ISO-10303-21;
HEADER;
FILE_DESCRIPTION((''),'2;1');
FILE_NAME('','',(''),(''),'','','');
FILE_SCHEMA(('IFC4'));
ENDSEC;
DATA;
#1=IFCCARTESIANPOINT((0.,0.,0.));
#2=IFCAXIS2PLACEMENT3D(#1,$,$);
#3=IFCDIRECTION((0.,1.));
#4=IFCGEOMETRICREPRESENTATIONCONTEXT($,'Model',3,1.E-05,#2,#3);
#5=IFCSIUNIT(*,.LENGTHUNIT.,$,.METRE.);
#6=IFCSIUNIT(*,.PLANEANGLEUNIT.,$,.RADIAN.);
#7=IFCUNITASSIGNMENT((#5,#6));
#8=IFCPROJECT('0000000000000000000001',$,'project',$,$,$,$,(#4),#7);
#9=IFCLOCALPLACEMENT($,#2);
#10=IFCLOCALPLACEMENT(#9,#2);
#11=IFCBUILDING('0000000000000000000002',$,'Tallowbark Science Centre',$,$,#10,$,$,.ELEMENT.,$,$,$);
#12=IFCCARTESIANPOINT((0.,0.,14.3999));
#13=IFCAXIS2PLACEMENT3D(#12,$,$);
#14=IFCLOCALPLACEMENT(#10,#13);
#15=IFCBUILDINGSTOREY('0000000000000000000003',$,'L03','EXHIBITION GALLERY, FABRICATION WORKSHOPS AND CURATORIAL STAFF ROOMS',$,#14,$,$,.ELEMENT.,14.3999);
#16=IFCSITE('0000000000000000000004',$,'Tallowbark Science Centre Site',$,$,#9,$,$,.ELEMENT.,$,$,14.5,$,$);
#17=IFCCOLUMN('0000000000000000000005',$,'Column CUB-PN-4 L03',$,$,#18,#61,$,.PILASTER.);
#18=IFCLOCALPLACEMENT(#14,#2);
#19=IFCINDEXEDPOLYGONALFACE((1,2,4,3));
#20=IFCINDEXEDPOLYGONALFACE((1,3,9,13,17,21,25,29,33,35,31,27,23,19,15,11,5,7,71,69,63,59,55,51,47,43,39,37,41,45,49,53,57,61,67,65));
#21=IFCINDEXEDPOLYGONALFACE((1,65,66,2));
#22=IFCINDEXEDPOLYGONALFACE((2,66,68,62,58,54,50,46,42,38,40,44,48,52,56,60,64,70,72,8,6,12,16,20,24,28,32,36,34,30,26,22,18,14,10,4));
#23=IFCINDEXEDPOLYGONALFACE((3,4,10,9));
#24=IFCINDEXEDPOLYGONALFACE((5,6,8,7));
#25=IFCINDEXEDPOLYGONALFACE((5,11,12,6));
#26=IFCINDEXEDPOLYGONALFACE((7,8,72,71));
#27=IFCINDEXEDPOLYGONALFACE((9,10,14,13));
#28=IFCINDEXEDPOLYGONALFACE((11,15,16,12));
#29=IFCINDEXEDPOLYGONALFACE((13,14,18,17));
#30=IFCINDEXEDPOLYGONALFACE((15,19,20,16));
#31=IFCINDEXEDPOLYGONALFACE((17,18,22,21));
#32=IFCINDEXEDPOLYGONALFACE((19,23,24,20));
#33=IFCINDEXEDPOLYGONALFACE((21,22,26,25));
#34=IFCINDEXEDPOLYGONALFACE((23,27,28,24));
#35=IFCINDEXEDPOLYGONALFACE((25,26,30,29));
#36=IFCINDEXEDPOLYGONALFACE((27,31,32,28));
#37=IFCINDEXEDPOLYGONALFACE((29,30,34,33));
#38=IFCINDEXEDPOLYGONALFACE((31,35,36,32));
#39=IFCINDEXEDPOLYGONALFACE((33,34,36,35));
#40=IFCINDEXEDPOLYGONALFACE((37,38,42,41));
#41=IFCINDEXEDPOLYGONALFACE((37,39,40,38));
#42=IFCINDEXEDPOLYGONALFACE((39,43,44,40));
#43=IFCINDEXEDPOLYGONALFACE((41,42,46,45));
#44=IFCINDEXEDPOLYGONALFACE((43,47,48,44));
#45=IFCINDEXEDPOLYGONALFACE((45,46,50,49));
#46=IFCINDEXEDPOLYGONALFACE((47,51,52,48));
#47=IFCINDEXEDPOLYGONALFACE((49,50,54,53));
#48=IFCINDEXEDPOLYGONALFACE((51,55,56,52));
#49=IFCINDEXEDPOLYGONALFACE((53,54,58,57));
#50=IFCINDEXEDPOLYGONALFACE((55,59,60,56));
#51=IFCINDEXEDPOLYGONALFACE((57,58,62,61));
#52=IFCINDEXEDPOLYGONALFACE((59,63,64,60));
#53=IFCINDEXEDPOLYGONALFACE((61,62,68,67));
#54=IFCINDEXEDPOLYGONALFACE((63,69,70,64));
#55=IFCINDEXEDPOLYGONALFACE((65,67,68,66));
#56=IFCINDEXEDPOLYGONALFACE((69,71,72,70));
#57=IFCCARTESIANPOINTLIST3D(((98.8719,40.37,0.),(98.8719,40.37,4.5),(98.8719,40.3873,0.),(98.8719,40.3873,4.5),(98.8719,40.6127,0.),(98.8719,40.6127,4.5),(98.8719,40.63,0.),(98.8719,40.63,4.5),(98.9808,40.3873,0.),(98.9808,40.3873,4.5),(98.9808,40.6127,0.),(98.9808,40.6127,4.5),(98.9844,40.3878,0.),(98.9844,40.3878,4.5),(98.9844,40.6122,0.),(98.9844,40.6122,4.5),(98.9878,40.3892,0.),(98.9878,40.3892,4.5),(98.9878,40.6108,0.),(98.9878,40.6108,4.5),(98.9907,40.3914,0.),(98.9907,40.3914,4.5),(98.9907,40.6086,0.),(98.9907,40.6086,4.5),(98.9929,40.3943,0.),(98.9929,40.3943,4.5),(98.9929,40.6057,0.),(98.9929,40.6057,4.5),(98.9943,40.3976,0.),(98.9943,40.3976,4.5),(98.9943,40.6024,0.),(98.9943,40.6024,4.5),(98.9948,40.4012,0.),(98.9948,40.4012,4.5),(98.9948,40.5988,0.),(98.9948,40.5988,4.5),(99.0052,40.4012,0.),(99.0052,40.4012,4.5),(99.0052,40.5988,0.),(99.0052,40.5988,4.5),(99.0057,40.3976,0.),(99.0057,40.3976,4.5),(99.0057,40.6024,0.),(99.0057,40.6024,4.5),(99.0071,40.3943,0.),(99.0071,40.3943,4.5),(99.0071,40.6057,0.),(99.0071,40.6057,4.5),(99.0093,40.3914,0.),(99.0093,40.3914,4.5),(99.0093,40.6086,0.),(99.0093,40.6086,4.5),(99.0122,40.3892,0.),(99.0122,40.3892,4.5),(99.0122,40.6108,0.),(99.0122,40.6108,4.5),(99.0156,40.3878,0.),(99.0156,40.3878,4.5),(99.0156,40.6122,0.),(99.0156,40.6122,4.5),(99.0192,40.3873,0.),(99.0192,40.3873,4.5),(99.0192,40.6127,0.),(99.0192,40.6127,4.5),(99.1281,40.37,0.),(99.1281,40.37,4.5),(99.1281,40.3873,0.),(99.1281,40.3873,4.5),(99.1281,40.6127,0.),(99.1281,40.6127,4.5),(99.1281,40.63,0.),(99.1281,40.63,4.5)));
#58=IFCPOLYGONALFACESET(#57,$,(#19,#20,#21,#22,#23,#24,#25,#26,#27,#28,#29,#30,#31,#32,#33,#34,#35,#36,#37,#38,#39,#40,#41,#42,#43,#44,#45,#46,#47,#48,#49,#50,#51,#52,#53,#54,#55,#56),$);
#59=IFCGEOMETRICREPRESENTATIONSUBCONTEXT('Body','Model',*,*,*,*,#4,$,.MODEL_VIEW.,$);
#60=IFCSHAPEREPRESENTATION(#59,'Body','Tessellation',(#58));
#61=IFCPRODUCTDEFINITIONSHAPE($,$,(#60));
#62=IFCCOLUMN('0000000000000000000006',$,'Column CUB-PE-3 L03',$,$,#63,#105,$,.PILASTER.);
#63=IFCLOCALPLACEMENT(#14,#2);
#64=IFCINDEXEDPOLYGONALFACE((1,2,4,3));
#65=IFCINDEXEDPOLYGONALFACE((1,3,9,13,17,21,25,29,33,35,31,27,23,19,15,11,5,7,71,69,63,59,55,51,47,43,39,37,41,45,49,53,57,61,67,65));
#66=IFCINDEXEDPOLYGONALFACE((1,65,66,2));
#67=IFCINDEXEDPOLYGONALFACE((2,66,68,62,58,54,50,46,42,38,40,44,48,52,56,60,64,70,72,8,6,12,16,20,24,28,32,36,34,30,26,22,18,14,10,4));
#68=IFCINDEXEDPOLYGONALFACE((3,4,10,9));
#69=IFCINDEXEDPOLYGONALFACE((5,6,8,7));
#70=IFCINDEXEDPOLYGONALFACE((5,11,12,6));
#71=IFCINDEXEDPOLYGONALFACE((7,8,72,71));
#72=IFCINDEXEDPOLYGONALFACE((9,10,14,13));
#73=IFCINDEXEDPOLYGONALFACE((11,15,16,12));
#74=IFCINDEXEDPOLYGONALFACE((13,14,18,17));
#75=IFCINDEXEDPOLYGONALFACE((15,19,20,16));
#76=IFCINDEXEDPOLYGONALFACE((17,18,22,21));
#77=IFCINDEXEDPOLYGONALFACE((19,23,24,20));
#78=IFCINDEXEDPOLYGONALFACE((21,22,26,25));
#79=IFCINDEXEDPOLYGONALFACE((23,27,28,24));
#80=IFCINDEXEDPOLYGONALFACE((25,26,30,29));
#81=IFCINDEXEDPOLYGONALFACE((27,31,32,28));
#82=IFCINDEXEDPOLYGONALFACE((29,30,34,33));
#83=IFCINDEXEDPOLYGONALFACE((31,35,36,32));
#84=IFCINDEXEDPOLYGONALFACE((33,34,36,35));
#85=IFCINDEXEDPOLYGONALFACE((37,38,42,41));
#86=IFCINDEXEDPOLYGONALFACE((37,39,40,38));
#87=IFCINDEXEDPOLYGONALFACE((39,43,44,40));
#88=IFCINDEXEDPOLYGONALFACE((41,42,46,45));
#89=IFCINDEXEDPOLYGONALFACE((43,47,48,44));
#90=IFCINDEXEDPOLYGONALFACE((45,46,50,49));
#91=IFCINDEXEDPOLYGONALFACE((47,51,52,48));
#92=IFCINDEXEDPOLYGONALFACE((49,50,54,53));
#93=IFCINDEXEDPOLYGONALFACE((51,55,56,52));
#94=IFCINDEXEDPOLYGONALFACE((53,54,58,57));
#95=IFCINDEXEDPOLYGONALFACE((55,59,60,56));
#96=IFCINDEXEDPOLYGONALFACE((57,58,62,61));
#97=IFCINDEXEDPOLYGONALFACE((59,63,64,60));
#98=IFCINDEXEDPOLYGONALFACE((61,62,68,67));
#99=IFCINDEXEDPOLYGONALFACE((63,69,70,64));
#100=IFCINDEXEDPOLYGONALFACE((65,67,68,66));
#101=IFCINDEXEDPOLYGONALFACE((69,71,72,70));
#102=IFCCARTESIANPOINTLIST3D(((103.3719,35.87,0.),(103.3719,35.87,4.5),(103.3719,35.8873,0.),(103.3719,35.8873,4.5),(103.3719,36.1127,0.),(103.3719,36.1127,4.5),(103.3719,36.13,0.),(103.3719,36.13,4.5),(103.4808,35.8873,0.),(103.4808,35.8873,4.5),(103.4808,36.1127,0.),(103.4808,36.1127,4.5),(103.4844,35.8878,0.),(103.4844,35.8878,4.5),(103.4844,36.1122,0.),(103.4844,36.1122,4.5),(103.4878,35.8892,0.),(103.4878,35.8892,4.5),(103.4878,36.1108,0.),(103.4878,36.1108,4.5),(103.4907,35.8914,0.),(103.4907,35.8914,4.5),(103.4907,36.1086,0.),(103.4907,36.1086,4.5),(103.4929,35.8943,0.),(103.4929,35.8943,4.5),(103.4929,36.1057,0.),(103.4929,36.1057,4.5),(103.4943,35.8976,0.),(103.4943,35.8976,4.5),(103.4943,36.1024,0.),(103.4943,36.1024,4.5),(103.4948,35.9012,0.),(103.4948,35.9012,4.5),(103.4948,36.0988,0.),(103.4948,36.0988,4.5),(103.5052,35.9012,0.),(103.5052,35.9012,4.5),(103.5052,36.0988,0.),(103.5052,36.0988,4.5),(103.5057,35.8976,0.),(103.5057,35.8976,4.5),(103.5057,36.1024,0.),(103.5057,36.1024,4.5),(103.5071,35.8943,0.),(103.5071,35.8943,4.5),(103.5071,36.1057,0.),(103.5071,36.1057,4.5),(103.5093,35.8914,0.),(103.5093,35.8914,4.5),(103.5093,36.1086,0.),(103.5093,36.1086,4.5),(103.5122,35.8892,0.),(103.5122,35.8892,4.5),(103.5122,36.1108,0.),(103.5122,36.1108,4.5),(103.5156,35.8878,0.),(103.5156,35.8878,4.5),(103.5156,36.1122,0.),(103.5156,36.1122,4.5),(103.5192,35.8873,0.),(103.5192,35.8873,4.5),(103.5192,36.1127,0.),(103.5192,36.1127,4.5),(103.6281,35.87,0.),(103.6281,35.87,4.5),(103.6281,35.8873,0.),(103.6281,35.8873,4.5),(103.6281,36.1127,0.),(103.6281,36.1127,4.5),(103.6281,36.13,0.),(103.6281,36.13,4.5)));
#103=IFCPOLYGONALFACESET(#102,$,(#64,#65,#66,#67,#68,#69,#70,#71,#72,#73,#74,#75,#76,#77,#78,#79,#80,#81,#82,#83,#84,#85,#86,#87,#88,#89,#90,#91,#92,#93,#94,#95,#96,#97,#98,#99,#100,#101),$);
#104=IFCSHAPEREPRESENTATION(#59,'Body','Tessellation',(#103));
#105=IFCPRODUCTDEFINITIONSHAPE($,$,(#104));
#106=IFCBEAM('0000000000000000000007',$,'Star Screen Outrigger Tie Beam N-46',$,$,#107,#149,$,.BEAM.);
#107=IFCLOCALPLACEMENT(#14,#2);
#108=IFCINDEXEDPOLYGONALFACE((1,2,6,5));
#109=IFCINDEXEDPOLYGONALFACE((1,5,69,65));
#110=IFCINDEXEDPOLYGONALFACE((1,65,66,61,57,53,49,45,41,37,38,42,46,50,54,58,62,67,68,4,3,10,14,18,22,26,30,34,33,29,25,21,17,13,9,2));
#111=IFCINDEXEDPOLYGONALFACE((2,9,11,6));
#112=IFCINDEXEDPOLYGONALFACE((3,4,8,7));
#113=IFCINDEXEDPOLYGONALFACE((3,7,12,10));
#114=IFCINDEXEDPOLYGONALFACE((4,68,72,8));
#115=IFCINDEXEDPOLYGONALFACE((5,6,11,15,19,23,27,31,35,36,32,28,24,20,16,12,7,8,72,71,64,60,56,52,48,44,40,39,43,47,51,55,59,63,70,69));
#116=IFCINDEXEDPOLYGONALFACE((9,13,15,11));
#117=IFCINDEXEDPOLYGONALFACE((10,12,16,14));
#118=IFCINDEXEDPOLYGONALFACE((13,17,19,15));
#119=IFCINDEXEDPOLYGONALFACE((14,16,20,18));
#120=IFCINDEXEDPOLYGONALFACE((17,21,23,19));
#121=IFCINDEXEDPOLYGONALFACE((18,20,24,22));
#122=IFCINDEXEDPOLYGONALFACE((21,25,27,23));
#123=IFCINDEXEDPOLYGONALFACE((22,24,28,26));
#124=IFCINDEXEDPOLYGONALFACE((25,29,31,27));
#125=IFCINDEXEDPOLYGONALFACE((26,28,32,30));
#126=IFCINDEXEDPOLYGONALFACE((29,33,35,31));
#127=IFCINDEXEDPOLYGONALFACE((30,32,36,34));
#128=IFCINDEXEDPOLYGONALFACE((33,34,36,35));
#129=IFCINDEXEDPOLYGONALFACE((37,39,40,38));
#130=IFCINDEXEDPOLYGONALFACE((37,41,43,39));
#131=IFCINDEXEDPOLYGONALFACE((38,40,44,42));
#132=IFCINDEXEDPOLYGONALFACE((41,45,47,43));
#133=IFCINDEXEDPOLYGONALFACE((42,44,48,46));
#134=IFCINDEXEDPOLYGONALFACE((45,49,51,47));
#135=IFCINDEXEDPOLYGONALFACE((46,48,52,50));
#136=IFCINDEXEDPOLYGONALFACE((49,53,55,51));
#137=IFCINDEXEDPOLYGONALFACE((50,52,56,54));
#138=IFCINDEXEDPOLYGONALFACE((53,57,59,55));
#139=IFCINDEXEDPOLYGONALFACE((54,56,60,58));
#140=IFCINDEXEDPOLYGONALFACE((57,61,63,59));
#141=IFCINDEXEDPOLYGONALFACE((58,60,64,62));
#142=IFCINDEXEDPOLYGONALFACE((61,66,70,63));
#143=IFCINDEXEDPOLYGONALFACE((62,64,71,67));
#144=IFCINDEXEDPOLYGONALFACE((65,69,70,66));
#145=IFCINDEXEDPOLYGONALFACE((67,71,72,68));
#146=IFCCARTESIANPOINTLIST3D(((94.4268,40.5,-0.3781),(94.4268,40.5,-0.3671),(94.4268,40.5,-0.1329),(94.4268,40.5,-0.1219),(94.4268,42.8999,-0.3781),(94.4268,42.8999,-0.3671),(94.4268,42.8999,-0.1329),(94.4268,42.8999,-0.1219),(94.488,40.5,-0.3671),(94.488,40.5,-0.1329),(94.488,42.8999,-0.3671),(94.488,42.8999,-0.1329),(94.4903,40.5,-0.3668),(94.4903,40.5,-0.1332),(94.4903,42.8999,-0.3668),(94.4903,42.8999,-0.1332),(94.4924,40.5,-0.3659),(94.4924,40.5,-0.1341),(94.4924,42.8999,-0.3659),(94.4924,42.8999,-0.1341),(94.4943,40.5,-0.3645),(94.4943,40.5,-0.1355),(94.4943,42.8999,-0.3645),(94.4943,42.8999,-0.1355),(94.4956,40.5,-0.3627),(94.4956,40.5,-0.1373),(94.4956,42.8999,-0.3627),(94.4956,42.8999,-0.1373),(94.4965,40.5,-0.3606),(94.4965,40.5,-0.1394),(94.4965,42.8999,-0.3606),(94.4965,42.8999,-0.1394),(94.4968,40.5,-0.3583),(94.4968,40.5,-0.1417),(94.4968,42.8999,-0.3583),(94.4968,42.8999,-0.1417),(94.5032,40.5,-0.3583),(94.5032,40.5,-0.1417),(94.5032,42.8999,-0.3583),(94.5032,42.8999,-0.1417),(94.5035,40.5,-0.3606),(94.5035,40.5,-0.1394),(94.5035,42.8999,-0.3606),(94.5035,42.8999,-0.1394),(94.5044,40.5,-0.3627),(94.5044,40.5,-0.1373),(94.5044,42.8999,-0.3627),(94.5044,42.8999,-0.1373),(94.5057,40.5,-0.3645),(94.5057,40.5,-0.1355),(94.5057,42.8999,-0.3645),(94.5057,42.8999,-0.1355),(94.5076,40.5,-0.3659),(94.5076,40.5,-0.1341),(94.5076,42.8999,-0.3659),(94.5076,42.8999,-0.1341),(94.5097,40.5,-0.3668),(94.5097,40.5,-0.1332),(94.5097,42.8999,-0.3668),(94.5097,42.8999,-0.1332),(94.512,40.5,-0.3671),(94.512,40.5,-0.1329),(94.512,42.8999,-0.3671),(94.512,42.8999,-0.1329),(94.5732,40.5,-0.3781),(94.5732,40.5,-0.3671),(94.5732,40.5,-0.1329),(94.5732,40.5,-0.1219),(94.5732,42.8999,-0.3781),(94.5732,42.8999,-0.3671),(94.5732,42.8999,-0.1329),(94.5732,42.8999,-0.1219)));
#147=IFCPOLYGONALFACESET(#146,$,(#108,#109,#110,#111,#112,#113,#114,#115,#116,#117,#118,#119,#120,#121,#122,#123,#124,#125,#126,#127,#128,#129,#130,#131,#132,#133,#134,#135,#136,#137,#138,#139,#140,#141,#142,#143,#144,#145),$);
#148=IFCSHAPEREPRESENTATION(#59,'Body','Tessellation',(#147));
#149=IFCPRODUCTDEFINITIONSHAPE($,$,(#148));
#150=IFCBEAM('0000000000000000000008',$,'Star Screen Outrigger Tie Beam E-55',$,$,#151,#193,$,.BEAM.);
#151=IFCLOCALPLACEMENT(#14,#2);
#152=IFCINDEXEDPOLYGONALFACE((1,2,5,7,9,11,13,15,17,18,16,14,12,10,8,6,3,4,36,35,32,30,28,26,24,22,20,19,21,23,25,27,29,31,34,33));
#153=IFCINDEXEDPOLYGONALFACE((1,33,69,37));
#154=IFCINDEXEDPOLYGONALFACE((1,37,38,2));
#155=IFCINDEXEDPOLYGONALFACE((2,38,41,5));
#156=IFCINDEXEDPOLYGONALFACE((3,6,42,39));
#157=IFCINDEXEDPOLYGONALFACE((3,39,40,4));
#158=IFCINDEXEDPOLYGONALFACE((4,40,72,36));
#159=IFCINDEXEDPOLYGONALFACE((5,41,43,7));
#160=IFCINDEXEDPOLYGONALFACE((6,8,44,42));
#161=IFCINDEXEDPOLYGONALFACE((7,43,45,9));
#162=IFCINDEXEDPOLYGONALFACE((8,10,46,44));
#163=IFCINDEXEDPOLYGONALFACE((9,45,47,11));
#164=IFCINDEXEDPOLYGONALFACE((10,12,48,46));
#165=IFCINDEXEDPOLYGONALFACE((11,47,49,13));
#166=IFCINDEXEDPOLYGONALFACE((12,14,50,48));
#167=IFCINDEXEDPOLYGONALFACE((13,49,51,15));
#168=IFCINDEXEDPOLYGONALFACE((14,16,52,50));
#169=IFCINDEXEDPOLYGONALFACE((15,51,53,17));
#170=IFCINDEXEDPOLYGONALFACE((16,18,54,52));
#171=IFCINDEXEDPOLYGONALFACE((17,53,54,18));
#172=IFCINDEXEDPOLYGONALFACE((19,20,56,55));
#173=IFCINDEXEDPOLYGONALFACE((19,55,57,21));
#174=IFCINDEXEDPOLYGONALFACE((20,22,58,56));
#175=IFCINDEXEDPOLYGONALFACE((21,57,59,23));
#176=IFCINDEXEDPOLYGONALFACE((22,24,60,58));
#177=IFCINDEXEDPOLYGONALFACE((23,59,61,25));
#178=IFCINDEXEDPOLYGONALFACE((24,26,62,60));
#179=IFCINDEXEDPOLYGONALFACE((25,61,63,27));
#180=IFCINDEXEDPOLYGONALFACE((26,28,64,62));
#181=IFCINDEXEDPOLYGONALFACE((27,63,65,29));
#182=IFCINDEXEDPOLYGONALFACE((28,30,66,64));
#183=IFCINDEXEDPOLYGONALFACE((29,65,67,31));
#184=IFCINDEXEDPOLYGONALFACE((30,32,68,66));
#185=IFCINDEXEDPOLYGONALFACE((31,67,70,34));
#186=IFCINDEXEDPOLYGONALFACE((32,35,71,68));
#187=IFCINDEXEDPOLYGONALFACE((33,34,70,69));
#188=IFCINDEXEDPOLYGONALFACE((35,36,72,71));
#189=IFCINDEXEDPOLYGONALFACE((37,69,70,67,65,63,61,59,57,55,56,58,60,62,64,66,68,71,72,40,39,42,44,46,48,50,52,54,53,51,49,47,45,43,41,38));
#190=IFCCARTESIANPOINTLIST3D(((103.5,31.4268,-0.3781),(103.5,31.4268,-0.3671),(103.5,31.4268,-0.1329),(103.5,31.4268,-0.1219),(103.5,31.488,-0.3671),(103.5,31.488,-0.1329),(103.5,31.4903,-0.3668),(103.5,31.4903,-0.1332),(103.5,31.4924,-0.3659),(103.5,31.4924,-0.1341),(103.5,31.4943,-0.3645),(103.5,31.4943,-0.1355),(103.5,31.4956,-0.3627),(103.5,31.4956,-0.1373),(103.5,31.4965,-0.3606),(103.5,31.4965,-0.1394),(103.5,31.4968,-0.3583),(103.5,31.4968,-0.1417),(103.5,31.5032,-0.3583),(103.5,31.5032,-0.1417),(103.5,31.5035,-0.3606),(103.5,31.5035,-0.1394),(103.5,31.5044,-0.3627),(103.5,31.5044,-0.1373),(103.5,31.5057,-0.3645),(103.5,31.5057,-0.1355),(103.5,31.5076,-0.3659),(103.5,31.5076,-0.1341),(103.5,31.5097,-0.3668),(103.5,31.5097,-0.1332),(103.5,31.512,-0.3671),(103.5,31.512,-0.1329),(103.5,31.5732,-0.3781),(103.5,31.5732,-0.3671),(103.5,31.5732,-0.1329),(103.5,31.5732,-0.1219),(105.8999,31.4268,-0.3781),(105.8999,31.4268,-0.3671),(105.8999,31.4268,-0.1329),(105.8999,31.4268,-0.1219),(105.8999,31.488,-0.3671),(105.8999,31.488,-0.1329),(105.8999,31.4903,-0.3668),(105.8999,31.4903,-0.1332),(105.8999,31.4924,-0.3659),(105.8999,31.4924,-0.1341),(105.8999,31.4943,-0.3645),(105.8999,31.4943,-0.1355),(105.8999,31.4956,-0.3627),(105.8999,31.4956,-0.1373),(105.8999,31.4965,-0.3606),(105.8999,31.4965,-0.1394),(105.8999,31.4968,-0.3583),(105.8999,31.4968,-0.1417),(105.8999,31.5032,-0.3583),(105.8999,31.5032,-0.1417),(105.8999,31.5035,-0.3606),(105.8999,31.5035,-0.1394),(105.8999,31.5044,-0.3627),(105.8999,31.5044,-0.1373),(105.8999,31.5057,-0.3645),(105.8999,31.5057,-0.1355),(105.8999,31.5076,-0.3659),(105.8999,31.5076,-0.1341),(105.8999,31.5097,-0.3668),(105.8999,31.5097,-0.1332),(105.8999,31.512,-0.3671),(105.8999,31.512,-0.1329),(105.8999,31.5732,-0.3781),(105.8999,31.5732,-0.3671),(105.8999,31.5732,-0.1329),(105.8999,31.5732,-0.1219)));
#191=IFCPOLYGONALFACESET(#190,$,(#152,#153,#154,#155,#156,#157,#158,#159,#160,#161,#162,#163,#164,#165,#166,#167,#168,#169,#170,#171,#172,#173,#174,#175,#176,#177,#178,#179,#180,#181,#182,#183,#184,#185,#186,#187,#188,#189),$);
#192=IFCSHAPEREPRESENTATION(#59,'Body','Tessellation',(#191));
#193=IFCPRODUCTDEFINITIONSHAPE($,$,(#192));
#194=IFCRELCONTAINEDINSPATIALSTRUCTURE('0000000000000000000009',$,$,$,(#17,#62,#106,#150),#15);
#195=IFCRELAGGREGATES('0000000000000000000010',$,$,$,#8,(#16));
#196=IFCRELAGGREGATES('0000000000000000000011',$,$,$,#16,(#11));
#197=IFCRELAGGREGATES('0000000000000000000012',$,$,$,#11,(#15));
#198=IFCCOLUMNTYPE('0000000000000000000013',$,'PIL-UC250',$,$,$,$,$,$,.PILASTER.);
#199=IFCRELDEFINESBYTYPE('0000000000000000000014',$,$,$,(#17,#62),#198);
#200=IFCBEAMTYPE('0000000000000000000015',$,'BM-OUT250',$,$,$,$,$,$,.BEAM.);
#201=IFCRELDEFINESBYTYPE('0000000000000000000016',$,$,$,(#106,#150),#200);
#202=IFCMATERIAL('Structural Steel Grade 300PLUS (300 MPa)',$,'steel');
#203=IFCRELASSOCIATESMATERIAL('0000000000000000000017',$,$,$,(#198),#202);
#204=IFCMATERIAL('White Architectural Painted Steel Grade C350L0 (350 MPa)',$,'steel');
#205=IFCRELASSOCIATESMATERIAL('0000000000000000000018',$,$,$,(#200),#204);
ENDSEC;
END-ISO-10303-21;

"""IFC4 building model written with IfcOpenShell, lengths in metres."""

from ifc_helpers import new_model, si_unit, direction, frame, origin, origin_2d, place, context, subcontext, project, spatial, i_section, extrude, material, material_profile, profile_set, type_object, element, save


model = new_model("IFC4")

# Units and contexts
model_context = context("Model", 3, precision=1e-05, world=origin(), true_north=direction((0.0, 1.0)))
body_context = subcontext(model_context, "Body", "Model", "MODEL_VIEW")
ifc_project = project(units=[si_unit("LENGTHUNIT", "METRE"), si_unit("PLANEANGLEUNIT", "RADIAN")], contexts=[model_context])

# Site, building, storey
site_placement = place(None, origin())
site = spatial("IfcSite", under=ifc_project, at=site_placement, Name="Tallowbark Science Centre Site", CompositionType="ELEMENT", RefElevation=14.5)
building_placement = place(site_placement, origin())
building = spatial("IfcBuilding", under=site, at=building_placement, Name="Tallowbark Science Centre", CompositionType="ELEMENT")
storey_placement = place(building_placement, frame((0.0, 0.0, 14.3999)))
storey = spatial("IfcBuildingStorey", under=building, at=storey_placement, Name="L03", Description="EXHIBITION GALLERY, FABRICATION WORKSHOPS AND CURATORIAL STAFF ROOMS", CompositionType="ELEMENT", Elevation=14.3999)

# Columns
ifc_material_1 = material(Name="White Architectural Painted Steel Grade C350L0 (350 MPa)", Category="steel")
ifc_material_2 = material(Name="Structural Steel Grade 300PLUS (300 MPa)", Category="steel")
ifc_material_profile_1 = material_profile(ifc_material_2, i_section(OverallWidth=0.2561, OverallDepth=0.26, WebThickness=0.0105, FlangeThickness=0.0173, FilletRadius=0.0139, at=origin_2d()), Name="250UC89.5")
ifc_profile_set_1 = profile_set([ifc_material_profile_1], Name="Structural Steel Grade 300PLUS (300 MPa)")
column_type_1 = type_object("IfcColumnType", Name="PIL-UC250", PredefinedType="PILASTER", material=ifc_profile_set_1)
for number, where, z_axis, x_axis, name in (
    (1, (99.0, 40.5, 0.0), (0.0, 0.0, 1.0), (1.0, 0.0, 0.0), "Column CUB-PN-4 L03"),
    (2, (103.5, 36.0, 0.0), (0.0, 0.0, 1.0), (1.0, 0.0, 0.0), "Column CUB-PE-3 L03"),
):
    element("IfcColumn", number, at=place(storey_placement, frame(where, z_axis=z_axis, x_axis=x_axis)), inside=storey, type_object=column_type_1, Name=name, PredefinedType="PILASTER", context=body_context, shape_type="SweptSolid", body=[
        extrude(i_section(OverallWidth=0.2561, OverallDepth=0.26, WebThickness=0.0105, FlangeThickness=0.0173, FilletRadius=0.0139, at=origin_2d()), origin(), (0.0, 0.0, 1.0), 4.5),
    ])

# Beams
ifc_material_profile_2 = material_profile(ifc_material_1, i_section(OverallWidth=0.1465, OverallDepth=0.2561, WebThickness=0.0063, FlangeThickness=0.011, FilletRadius=0.0088, at=origin_2d()), Name="250UB37.3")
ifc_profile_set_2 = profile_set([ifc_material_profile_2], Name="White Architectural Painted Steel Grade C350L0 (350 MPa)")
beam_type_1 = type_object("IfcBeamType", Name="BM-OUT250", PredefinedType="BEAM", material=ifc_profile_set_2)
for number, where, z_axis, x_axis, name in (
    (3, (94.5, 40.5, -0.25), (0.0, 1.0, 0.0), (-1.0, 0.0, 0.0), "Star Screen Outrigger Tie Beam N-46"),
    (4, (103.5, 31.5, -0.25), (1.0, 0.0, 0.0), (0.0, 1.0, 0.0), "Star Screen Outrigger Tie Beam E-55"),
):
    element("IfcBeam", number, at=place(storey_placement, frame(where, z_axis=z_axis, x_axis=x_axis)), inside=storey, type_object=beam_type_1, Name=name, PredefinedType="BEAM", context=body_context, shape_type="SweptSolid", body=[
        extrude(i_section(OverallWidth=0.1465, OverallDepth=0.2561, WebThickness=0.0063, FlangeThickness=0.011, FilletRadius=0.0088, at=origin_2d()), origin(), (0.0, 0.0, 1.0), 2.3999),
    ])

save(model, "model.ifc")
